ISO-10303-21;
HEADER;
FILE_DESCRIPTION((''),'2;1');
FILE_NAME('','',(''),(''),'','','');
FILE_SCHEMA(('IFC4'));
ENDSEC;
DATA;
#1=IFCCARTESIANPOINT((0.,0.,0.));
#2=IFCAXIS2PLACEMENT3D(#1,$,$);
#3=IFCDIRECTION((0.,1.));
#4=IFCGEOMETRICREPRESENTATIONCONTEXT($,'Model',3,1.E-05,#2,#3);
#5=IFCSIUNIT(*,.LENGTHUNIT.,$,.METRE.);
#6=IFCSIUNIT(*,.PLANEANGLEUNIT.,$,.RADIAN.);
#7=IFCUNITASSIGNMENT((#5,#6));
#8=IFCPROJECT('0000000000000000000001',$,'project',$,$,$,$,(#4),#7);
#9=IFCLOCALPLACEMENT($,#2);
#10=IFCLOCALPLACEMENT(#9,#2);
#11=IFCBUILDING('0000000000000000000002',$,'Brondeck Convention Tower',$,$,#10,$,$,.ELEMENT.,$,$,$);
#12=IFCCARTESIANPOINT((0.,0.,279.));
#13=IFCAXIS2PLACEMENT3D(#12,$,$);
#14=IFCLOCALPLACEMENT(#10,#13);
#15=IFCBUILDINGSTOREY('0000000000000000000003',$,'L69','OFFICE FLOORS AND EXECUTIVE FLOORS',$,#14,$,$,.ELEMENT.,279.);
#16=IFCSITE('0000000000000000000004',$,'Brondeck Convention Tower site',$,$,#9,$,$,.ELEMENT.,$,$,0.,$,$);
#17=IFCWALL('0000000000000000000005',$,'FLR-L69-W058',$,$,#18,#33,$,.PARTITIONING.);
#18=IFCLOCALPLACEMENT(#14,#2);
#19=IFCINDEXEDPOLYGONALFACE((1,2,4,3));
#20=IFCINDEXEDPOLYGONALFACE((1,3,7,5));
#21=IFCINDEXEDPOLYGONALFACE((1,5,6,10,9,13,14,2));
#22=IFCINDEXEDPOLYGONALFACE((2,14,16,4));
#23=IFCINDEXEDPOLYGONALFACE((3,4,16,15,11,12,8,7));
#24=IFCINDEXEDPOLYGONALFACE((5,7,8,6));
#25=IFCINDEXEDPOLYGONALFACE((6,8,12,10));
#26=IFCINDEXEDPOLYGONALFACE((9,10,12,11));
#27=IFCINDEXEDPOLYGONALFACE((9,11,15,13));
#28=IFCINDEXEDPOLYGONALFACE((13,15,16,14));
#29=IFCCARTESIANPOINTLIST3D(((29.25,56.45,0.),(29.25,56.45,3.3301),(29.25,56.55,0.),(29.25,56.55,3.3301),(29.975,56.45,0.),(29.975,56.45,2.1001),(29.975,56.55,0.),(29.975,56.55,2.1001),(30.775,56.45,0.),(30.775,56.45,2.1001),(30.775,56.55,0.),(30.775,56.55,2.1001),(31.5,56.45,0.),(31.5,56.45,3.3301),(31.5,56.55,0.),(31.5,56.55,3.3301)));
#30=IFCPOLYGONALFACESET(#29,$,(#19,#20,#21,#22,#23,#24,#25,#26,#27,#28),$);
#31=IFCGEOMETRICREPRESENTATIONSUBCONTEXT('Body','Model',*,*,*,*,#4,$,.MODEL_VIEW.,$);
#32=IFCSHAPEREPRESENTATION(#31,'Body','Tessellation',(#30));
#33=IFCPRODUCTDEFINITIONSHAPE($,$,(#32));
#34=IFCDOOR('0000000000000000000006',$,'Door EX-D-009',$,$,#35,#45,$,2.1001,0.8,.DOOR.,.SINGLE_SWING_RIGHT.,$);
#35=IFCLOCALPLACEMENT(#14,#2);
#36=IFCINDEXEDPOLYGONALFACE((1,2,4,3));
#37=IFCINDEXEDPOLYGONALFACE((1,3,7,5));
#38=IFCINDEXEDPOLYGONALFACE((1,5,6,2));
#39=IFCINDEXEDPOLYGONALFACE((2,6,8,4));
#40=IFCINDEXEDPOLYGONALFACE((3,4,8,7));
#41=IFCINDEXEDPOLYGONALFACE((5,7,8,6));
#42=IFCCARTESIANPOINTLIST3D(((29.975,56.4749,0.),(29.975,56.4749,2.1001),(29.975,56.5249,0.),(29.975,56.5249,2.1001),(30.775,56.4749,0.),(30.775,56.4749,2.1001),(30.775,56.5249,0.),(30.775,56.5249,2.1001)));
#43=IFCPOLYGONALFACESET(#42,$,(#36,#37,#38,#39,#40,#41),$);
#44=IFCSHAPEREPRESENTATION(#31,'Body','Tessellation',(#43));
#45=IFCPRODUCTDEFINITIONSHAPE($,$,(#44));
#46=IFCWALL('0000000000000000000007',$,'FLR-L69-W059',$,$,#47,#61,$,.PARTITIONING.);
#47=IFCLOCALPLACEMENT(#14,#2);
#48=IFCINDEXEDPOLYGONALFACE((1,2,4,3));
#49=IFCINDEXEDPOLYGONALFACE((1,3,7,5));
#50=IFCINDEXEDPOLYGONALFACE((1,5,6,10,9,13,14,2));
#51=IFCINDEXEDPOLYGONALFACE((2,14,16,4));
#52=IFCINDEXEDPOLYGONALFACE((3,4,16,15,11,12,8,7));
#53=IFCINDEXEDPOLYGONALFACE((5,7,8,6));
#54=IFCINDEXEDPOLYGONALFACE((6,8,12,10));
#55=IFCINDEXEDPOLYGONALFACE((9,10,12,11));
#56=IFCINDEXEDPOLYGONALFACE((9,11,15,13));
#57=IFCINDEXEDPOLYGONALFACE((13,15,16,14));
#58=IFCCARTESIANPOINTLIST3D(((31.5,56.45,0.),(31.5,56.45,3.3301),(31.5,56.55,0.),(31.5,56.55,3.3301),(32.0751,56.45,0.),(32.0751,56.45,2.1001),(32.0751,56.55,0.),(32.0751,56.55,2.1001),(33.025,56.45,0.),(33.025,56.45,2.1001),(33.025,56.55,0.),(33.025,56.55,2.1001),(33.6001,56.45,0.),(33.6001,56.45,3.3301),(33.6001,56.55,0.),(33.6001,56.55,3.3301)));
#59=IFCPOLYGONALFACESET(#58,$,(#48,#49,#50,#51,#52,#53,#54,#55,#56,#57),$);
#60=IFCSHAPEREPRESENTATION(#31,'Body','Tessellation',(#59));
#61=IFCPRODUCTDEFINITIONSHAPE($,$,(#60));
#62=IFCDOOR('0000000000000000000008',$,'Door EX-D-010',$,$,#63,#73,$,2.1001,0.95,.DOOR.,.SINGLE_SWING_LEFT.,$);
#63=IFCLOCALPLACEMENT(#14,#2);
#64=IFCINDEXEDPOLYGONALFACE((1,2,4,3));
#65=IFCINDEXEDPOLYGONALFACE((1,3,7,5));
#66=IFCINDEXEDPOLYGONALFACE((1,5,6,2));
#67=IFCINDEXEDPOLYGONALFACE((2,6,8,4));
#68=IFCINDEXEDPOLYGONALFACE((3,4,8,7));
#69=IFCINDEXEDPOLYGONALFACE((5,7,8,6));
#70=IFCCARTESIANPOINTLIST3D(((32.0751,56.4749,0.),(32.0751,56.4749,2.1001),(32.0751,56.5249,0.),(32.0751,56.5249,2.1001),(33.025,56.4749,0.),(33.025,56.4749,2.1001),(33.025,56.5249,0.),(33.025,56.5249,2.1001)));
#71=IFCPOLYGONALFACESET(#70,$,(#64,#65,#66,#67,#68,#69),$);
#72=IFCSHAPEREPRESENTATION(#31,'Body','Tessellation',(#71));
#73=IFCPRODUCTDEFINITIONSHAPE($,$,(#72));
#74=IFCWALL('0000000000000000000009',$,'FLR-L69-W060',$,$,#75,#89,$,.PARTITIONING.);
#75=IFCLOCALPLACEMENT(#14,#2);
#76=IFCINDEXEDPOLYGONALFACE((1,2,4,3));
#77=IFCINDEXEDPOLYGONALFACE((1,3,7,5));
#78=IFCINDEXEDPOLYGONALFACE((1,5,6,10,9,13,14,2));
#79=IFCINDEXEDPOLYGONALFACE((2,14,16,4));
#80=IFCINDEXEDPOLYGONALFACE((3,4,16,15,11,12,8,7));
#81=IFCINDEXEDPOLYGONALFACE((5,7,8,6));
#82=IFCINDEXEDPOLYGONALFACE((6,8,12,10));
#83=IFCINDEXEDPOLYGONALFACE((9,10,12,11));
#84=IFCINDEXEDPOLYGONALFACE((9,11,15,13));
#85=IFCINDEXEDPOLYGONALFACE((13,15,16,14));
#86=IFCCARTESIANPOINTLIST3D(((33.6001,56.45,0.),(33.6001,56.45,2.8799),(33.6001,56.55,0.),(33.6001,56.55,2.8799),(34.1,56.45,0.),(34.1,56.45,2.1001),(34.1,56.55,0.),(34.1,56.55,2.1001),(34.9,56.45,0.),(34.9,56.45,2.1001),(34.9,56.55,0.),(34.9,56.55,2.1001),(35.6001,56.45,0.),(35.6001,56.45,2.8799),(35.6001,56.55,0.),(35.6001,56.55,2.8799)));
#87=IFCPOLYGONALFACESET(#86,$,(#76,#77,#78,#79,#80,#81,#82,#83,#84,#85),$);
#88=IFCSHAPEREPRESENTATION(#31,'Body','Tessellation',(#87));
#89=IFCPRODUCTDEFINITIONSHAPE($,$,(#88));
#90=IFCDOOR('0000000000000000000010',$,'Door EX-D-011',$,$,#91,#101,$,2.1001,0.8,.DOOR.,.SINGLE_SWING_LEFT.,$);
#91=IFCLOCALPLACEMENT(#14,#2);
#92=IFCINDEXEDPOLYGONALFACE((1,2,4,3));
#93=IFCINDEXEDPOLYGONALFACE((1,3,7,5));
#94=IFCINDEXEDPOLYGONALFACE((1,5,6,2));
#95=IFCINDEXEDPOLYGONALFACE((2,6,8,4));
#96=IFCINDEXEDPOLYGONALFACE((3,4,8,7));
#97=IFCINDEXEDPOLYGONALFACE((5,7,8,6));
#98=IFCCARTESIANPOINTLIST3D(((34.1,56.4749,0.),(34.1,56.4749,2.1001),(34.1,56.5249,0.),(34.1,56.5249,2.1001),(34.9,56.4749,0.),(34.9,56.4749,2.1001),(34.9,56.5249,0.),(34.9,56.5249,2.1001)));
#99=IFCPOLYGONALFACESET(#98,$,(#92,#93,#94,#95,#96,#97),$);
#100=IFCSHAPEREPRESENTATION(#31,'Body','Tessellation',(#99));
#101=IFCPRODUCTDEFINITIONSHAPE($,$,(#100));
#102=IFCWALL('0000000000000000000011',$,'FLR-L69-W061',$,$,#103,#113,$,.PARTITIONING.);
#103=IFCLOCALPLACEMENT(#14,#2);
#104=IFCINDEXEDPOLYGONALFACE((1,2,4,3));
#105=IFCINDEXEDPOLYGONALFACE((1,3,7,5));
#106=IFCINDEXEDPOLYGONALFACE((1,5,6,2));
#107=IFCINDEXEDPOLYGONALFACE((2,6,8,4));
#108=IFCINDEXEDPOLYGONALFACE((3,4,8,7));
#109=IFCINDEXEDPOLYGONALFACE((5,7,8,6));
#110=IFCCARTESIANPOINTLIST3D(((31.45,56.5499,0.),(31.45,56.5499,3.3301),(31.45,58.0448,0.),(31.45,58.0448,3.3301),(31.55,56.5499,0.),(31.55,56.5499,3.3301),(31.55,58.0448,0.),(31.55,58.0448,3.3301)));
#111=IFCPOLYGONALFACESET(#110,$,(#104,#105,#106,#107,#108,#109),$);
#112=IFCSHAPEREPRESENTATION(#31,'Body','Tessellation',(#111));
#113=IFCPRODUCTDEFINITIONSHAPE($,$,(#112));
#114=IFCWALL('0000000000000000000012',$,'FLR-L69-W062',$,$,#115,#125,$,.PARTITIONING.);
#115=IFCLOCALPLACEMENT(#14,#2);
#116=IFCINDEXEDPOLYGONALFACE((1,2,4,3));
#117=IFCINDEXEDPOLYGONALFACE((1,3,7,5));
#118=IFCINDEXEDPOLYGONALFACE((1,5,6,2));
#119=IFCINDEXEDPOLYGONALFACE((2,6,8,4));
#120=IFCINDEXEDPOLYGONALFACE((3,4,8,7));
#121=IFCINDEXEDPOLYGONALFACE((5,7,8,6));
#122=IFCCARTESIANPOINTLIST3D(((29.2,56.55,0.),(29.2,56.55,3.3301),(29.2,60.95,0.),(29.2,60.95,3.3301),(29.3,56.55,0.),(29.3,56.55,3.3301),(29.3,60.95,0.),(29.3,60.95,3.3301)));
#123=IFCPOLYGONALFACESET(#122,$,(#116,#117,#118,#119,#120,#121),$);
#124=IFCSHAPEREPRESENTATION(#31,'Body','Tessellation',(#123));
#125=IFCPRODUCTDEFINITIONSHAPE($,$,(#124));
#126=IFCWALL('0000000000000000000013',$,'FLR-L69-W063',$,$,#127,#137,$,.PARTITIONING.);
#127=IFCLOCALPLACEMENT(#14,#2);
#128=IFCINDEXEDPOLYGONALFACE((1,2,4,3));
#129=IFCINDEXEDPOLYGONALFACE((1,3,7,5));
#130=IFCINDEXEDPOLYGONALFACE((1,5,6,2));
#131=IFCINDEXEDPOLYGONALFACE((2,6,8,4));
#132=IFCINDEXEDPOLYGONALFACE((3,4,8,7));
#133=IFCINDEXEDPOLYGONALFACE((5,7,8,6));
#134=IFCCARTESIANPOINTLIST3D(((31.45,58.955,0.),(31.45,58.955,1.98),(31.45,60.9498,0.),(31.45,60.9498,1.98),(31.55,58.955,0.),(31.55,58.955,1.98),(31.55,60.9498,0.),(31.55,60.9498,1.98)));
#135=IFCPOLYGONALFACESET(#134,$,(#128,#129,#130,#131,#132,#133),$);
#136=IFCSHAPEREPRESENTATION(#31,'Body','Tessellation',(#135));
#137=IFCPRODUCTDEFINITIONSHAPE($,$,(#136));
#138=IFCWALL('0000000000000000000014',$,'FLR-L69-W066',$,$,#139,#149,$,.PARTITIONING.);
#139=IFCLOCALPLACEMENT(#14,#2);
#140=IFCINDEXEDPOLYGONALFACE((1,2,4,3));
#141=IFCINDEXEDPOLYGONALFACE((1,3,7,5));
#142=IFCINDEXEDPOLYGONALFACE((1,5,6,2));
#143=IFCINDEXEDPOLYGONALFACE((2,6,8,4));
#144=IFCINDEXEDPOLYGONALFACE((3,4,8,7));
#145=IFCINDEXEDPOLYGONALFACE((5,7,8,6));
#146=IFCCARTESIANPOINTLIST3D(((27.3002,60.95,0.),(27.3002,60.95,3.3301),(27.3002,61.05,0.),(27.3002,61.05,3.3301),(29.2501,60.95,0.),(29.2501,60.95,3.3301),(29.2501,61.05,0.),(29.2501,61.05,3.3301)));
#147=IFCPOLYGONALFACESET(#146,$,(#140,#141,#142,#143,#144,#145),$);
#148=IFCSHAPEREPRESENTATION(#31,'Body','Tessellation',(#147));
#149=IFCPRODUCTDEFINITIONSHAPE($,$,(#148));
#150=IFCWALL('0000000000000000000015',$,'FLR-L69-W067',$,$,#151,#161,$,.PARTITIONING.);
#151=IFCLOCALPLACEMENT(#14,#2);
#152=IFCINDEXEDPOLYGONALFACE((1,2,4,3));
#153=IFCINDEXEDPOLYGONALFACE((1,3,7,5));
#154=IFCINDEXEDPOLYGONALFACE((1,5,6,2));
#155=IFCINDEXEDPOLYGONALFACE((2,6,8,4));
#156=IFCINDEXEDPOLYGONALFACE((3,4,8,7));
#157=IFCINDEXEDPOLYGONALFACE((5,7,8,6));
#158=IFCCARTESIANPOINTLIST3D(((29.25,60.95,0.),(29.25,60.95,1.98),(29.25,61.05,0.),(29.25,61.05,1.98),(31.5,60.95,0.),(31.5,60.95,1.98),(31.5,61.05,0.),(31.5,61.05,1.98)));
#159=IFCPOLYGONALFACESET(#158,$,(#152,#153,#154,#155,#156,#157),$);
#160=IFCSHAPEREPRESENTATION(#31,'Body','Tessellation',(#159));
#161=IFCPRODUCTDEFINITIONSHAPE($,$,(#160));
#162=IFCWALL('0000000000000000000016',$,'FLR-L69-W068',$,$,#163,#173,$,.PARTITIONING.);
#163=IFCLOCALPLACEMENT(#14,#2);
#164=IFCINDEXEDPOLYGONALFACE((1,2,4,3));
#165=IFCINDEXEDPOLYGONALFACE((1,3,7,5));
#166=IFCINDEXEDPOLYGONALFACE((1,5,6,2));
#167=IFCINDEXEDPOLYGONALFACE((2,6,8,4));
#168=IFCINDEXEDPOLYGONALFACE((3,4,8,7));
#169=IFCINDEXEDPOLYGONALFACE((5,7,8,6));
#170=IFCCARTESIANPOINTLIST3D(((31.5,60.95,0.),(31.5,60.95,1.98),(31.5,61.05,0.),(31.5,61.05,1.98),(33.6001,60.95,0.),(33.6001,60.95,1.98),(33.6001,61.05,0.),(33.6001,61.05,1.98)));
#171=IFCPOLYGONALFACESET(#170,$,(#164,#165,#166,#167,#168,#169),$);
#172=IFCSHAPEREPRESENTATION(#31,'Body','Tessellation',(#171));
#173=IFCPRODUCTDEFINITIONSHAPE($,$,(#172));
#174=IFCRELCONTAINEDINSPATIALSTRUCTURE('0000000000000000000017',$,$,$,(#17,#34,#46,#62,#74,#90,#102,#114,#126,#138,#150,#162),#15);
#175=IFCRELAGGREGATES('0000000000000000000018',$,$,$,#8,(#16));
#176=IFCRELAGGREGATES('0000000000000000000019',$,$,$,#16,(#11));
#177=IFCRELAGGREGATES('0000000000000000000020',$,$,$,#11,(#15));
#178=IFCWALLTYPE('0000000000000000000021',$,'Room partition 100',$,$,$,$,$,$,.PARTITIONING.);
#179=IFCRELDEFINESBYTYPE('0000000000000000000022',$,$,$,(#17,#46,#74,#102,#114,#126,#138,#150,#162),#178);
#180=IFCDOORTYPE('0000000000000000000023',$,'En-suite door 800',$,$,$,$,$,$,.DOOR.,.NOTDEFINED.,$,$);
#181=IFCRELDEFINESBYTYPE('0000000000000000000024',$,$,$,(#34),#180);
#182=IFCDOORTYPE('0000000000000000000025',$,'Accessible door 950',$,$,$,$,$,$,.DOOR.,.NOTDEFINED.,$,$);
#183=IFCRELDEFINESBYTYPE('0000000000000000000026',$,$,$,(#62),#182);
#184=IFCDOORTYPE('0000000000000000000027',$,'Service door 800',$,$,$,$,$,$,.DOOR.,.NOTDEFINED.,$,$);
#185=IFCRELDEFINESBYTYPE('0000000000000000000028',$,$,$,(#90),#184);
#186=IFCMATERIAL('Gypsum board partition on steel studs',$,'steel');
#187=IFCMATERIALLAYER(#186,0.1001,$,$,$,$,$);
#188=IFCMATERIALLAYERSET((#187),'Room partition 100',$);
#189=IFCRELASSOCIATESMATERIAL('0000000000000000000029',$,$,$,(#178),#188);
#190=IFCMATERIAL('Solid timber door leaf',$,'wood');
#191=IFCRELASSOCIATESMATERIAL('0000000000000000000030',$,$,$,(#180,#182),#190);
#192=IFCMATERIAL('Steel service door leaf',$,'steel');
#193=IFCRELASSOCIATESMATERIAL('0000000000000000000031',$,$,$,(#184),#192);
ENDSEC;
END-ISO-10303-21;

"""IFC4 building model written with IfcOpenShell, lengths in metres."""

from ifc_helpers import new_model, si_unit, direction, frame, frame_2d, origin, place, context, subcontext, project, spatial, rectangle, extrude, material, layer, layer_set, type_object, element, fill, save


model = new_model("IFC4")

# Units and contexts
model_context = context("Model", 3, precision=1e-05, world=origin(), true_north=direction((0.0, 1.0)))
body_context = subcontext(model_context, "Body", "Model", "MODEL_VIEW")
ifc_project = project(units=[si_unit("LENGTHUNIT", "METRE"), si_unit("PLANEANGLEUNIT", "RADIAN")], contexts=[model_context])

# Site, building, storey
site_placement = place(None, origin())
site = spatial("IfcSite", under=ifc_project, at=site_placement, Name="Brondeck Convention Tower site", CompositionType="ELEMENT", RefElevation=0.0)
building_placement = place(site_placement, origin())
building = spatial("IfcBuilding", under=site, at=building_placement, Name="Brondeck Convention Tower", CompositionType="ELEMENT")
storey_placement = place(building_placement, frame((0.0, 0.0, 279.0)))
storey = spatial("IfcBuildingStorey", under=building, at=storey_placement, Name="L69", Description="OFFICE FLOORS AND EXECUTIVE FLOORS", CompositionType="ELEMENT", Elevation=279.0)

# Walls, openings, doors
ifc_material_1 = material(Name="Gypsum board partition on steel studs", Category="steel")
ifc_layer_1 = layer(ifc_material_1, 0.1001)
ifc_layer_set_1 = layer_set([ifc_layer_1], Name="Room partition 100")
wall_type_1 = type_object("IfcWallType", Name="Room partition 100", PredefinedType="PARTITIONING", material=ifc_layer_set_1)
ifc_material_2 = material(Name="Solid timber door leaf", Category="wood")
door_type_1 = type_object("IfcDoorType", Name="En-suite door 800", OperationType="NOTDEFINED", PredefinedType="DOOR", material=ifc_material_2)
wall_1_placement = place(storey_placement, frame((29.25, 56.5, 0.0), z_axis=(0.0, 0.0, 1.0), x_axis=(1.0, 0.0, 0.0)))
wall_1 = element("IfcWall", 1, at=wall_1_placement, inside=storey, type_object=wall_type_1, Name="FLR-L69-W058", PredefinedType="PARTITIONING", context=body_context, shape_type="SweptSolid", body=[
    extrude(rectangle(XDim=2.25, YDim=0.1001, at=frame_2d((1.125, 0.0))), origin(), (0.0, 0.0, 1.0), 3.3301),
])
opening_1_placement = place(wall_1_placement, frame((0.7251, 0.0, 0.0)))
opening_1 = element("IfcOpeningElement", 2, at=opening_1_placement, cuts=wall_1, PredefinedType="OPENING", context=body_context, shape_type="SweptSolid", body=[
    extrude(rectangle(XDim=0.8, YDim=2.1001, at=frame_2d((0.3999, 1.05))), frame((0.0, 0.0601, 0.0), z_axis=(0.0, -1.0, 0.0), x_axis=(1.0, 0.0, 0.0)), (0.0, 0.0, 1.0), 0.1201),
])
door_1_placement = place(opening_1_placement, origin())
door_1 = element("IfcDoor", 3, at=door_1_placement, inside=storey, type_object=door_type_1, Name="Door EX-D-009", OperationType="SINGLE_SWING_RIGHT", OverallHeight=2.1001, OverallWidth=0.8, PredefinedType="DOOR", context=body_context, shape_type="SweptSolid", body=[
    extrude(rectangle(XDim=0.8, YDim=2.1001, at=frame_2d((0.3999, 1.05))), frame((0.0, 0.0249, 0.0), z_axis=(0.0, -1.0, 0.0), x_axis=(1.0, 0.0, 0.0)), (0.0, 0.0, 1.0), 0.05),
])
fill(opening_1, door_1)
wall_2_placement = place(storey_placement, frame((31.5, 56.5, 0.0), z_axis=(0.0, 0.0, 1.0), x_axis=(1.0, 0.0, 0.0)))
wall_2 = element("IfcWall", 4, at=wall_2_placement, inside=storey, type_object=wall_type_1, Name="FLR-L69-W059", PredefinedType="PARTITIONING", context=body_context, shape_type="SweptSolid", body=[
    extrude(rectangle(XDim=2.1001, YDim=0.1001, at=frame_2d((1.05, 0.0))), origin(), (0.0, 0.0, 1.0), 3.3301),
])
opening_2_placement = place(wall_2_placement, frame((0.575, 0.0, 0.0)))
opening_2 = element("IfcOpeningElement", 5, at=opening_2_placement, cuts=wall_2, PredefinedType="OPENING", context=body_context, shape_type="SweptSolid", body=[
    extrude(rectangle(XDim=0.95, YDim=2.1001, at=frame_2d((0.4751, 1.05))), frame((0.0, 0.0601, 0.0), z_axis=(0.0, -1.0, 0.0), x_axis=(1.0, 0.0, 0.0)), (0.0, 0.0, 1.0), 0.1201),
])
door_type_2 = type_object("IfcDoorType", Name="Accessible door 950", OperationType="NOTDEFINED", PredefinedType="DOOR", material=ifc_material_2)
door_2_placement = place(opening_2_placement, origin())
door_2 = element("IfcDoor", 6, at=door_2_placement, inside=storey, type_object=door_type_2, Name="Door EX-D-010", OperationType="SINGLE_SWING_LEFT", OverallHeight=2.1001, OverallWidth=0.95, PredefinedType="DOOR", context=body_context, shape_type="SweptSolid", body=[
    extrude(rectangle(XDim=0.95, YDim=2.1001, at=frame_2d((0.4751, 1.05))), frame((0.0, 0.0249, 0.0), z_axis=(0.0, -1.0, 0.0), x_axis=(1.0, 0.0, 0.0)), (0.0, 0.0, 1.0), 0.05),
])
fill(opening_2, door_2)
wall_3_placement = place(storey_placement, frame((33.6001, 56.5, 0.0), z_axis=(0.0, 0.0, 1.0), x_axis=(1.0, 0.0, 0.0)))
wall_3 = element("IfcWall", 7, at=wall_3_placement, inside=storey, type_object=wall_type_1, Name="FLR-L69-W060", PredefinedType="PARTITIONING", context=body_context, shape_type="SweptSolid", body=[
    extrude(rectangle(XDim=2.0, YDim=0.1001, at=frame_2d((1.0, 0.0))), origin(), (0.0, 0.0, 1.0), 2.8799),
])
opening_3_placement = place(wall_3_placement, frame((0.5, 0.0, 0.0)))
opening_3 = element("IfcOpeningElement", 8, at=opening_3_placement, cuts=wall_3, PredefinedType="OPENING", context=body_context, shape_type="SweptSolid", body=[
    extrude(rectangle(XDim=0.8, YDim=2.1001, at=frame_2d((0.3999, 1.05))), frame((0.0, 0.0601, 0.0), z_axis=(0.0, -1.0, 0.0), x_axis=(1.0, 0.0, 0.0)), (0.0, 0.0, 1.0), 0.1201),
])
ifc_material_3 = material(Name="Steel service door leaf", Category="steel")
door_type_3 = type_object("IfcDoorType", Name="Service door 800", OperationType="NOTDEFINED", PredefinedType="DOOR", material=ifc_material_3)
door_3_placement = place(opening_3_placement, origin())
door_3 = element("IfcDoor", 9, at=door_3_placement, inside=storey, type_object=door_type_3, Name="Door EX-D-011", OperationType="SINGLE_SWING_LEFT", OverallHeight=2.1001, OverallWidth=0.8, PredefinedType="DOOR", context=body_context, shape_type="SweptSolid", body=[
    extrude(rectangle(XDim=0.8, YDim=2.1001, at=frame_2d((0.3999, 1.05))), frame((0.0, 0.0249, 0.0), z_axis=(0.0, -1.0, 0.0), x_axis=(1.0, 0.0, 0.0)), (0.0, 0.0, 1.0), 0.05),
])
fill(opening_3, door_3)

# Walls
wall_4_placement = place(storey_placement, frame((31.5, 58.0449, 0.0), z_axis=(0.0, 0.0, 1.0), x_axis=(0.0, -1.0, 0.0)))
element("IfcWall", 10, at=wall_4_placement, inside=storey, type_object=wall_type_1, Name="FLR-L69-W061", PredefinedType="PARTITIONING", context=body_context, shape_type="SweptSolid", body=[
    extrude(rectangle(XDim=1.4949, YDim=0.1001, at=frame_2d((0.7476, 0.0))), origin(), (0.0, 0.0, 1.0), 3.3301),
])
wall_5_placement = place(storey_placement, frame((29.25, 60.95, 0.0), z_axis=(0.0, 0.0, 1.0), x_axis=(0.0, -1.0, 0.0)))
element("IfcWall", 11, at=wall_5_placement, inside=storey, type_object=wall_type_1, Name="FLR-L69-W062", PredefinedType="PARTITIONING", context=body_context, shape_type="SweptSolid", body=[
    extrude(rectangle(XDim=4.3999, YDim=0.1001, at=frame_2d((2.2, 0.0))), origin(), (0.0, 0.0, 1.0), 3.3301),
])
wall_6_placement = place(storey_placement, frame((31.5, 60.95, 0.0), z_axis=(0.0, 0.0, 1.0), x_axis=(0.0, -1.0, 0.0)))
element("IfcWall", 12, at=wall_6_placement, inside=storey, type_object=wall_type_1, Name="FLR-L69-W063", PredefinedType="PARTITIONING", context=body_context, shape_type="SweptSolid", body=[
    extrude(rectangle(XDim=1.9949, YDim=0.1001, at=frame_2d((0.9976, 0.0))), origin(), (0.0, 0.0, 1.0), 1.98),
])
wall_7_placement = place(storey_placement, frame((27.3, 61.0, 0.0), z_axis=(0.0, 0.0, 1.0), x_axis=(1.0, 0.0, 0.0)))
element("IfcWall", 13, at=wall_7_placement, inside=storey, type_object=wall_type_1, Name="FLR-L69-W066", PredefinedType="PARTITIONING", context=body_context, shape_type="SweptSolid", body=[
    extrude(rectangle(XDim=1.95, YDim=0.1001, at=frame_2d((0.9751, 0.0))), origin(), (0.0, 0.0, 1.0), 3.3301),
])
wall_8_placement = place(storey_placement, frame((29.25, 61.0, 0.0), z_axis=(0.0, 0.0, 1.0), x_axis=(1.0, 0.0, 0.0)))
element("IfcWall", 14, at=wall_8_placement, inside=storey, type_object=wall_type_1, Name="FLR-L69-W067", PredefinedType="PARTITIONING", context=body_context, shape_type="SweptSolid", body=[
    extrude(rectangle(XDim=2.25, YDim=0.1001, at=frame_2d((1.125, 0.0))), origin(), (0.0, 0.0, 1.0), 1.98),
])
wall_9_placement = place(storey_placement, frame((31.5, 61.0, 0.0), z_axis=(0.0, 0.0, 1.0), x_axis=(1.0, 0.0, 0.0)))
element("IfcWall", 15, at=wall_9_placement, inside=storey, type_object=wall_type_1, Name="FLR-L69-W068", PredefinedType="PARTITIONING", context=body_context, shape_type="SweptSolid", body=[
    extrude(rectangle(XDim=2.1001, YDim=0.1001, at=frame_2d((1.05, 0.0))), origin(), (0.0, 0.0, 1.0), 1.98),
])

save(model, "model.ifc")
